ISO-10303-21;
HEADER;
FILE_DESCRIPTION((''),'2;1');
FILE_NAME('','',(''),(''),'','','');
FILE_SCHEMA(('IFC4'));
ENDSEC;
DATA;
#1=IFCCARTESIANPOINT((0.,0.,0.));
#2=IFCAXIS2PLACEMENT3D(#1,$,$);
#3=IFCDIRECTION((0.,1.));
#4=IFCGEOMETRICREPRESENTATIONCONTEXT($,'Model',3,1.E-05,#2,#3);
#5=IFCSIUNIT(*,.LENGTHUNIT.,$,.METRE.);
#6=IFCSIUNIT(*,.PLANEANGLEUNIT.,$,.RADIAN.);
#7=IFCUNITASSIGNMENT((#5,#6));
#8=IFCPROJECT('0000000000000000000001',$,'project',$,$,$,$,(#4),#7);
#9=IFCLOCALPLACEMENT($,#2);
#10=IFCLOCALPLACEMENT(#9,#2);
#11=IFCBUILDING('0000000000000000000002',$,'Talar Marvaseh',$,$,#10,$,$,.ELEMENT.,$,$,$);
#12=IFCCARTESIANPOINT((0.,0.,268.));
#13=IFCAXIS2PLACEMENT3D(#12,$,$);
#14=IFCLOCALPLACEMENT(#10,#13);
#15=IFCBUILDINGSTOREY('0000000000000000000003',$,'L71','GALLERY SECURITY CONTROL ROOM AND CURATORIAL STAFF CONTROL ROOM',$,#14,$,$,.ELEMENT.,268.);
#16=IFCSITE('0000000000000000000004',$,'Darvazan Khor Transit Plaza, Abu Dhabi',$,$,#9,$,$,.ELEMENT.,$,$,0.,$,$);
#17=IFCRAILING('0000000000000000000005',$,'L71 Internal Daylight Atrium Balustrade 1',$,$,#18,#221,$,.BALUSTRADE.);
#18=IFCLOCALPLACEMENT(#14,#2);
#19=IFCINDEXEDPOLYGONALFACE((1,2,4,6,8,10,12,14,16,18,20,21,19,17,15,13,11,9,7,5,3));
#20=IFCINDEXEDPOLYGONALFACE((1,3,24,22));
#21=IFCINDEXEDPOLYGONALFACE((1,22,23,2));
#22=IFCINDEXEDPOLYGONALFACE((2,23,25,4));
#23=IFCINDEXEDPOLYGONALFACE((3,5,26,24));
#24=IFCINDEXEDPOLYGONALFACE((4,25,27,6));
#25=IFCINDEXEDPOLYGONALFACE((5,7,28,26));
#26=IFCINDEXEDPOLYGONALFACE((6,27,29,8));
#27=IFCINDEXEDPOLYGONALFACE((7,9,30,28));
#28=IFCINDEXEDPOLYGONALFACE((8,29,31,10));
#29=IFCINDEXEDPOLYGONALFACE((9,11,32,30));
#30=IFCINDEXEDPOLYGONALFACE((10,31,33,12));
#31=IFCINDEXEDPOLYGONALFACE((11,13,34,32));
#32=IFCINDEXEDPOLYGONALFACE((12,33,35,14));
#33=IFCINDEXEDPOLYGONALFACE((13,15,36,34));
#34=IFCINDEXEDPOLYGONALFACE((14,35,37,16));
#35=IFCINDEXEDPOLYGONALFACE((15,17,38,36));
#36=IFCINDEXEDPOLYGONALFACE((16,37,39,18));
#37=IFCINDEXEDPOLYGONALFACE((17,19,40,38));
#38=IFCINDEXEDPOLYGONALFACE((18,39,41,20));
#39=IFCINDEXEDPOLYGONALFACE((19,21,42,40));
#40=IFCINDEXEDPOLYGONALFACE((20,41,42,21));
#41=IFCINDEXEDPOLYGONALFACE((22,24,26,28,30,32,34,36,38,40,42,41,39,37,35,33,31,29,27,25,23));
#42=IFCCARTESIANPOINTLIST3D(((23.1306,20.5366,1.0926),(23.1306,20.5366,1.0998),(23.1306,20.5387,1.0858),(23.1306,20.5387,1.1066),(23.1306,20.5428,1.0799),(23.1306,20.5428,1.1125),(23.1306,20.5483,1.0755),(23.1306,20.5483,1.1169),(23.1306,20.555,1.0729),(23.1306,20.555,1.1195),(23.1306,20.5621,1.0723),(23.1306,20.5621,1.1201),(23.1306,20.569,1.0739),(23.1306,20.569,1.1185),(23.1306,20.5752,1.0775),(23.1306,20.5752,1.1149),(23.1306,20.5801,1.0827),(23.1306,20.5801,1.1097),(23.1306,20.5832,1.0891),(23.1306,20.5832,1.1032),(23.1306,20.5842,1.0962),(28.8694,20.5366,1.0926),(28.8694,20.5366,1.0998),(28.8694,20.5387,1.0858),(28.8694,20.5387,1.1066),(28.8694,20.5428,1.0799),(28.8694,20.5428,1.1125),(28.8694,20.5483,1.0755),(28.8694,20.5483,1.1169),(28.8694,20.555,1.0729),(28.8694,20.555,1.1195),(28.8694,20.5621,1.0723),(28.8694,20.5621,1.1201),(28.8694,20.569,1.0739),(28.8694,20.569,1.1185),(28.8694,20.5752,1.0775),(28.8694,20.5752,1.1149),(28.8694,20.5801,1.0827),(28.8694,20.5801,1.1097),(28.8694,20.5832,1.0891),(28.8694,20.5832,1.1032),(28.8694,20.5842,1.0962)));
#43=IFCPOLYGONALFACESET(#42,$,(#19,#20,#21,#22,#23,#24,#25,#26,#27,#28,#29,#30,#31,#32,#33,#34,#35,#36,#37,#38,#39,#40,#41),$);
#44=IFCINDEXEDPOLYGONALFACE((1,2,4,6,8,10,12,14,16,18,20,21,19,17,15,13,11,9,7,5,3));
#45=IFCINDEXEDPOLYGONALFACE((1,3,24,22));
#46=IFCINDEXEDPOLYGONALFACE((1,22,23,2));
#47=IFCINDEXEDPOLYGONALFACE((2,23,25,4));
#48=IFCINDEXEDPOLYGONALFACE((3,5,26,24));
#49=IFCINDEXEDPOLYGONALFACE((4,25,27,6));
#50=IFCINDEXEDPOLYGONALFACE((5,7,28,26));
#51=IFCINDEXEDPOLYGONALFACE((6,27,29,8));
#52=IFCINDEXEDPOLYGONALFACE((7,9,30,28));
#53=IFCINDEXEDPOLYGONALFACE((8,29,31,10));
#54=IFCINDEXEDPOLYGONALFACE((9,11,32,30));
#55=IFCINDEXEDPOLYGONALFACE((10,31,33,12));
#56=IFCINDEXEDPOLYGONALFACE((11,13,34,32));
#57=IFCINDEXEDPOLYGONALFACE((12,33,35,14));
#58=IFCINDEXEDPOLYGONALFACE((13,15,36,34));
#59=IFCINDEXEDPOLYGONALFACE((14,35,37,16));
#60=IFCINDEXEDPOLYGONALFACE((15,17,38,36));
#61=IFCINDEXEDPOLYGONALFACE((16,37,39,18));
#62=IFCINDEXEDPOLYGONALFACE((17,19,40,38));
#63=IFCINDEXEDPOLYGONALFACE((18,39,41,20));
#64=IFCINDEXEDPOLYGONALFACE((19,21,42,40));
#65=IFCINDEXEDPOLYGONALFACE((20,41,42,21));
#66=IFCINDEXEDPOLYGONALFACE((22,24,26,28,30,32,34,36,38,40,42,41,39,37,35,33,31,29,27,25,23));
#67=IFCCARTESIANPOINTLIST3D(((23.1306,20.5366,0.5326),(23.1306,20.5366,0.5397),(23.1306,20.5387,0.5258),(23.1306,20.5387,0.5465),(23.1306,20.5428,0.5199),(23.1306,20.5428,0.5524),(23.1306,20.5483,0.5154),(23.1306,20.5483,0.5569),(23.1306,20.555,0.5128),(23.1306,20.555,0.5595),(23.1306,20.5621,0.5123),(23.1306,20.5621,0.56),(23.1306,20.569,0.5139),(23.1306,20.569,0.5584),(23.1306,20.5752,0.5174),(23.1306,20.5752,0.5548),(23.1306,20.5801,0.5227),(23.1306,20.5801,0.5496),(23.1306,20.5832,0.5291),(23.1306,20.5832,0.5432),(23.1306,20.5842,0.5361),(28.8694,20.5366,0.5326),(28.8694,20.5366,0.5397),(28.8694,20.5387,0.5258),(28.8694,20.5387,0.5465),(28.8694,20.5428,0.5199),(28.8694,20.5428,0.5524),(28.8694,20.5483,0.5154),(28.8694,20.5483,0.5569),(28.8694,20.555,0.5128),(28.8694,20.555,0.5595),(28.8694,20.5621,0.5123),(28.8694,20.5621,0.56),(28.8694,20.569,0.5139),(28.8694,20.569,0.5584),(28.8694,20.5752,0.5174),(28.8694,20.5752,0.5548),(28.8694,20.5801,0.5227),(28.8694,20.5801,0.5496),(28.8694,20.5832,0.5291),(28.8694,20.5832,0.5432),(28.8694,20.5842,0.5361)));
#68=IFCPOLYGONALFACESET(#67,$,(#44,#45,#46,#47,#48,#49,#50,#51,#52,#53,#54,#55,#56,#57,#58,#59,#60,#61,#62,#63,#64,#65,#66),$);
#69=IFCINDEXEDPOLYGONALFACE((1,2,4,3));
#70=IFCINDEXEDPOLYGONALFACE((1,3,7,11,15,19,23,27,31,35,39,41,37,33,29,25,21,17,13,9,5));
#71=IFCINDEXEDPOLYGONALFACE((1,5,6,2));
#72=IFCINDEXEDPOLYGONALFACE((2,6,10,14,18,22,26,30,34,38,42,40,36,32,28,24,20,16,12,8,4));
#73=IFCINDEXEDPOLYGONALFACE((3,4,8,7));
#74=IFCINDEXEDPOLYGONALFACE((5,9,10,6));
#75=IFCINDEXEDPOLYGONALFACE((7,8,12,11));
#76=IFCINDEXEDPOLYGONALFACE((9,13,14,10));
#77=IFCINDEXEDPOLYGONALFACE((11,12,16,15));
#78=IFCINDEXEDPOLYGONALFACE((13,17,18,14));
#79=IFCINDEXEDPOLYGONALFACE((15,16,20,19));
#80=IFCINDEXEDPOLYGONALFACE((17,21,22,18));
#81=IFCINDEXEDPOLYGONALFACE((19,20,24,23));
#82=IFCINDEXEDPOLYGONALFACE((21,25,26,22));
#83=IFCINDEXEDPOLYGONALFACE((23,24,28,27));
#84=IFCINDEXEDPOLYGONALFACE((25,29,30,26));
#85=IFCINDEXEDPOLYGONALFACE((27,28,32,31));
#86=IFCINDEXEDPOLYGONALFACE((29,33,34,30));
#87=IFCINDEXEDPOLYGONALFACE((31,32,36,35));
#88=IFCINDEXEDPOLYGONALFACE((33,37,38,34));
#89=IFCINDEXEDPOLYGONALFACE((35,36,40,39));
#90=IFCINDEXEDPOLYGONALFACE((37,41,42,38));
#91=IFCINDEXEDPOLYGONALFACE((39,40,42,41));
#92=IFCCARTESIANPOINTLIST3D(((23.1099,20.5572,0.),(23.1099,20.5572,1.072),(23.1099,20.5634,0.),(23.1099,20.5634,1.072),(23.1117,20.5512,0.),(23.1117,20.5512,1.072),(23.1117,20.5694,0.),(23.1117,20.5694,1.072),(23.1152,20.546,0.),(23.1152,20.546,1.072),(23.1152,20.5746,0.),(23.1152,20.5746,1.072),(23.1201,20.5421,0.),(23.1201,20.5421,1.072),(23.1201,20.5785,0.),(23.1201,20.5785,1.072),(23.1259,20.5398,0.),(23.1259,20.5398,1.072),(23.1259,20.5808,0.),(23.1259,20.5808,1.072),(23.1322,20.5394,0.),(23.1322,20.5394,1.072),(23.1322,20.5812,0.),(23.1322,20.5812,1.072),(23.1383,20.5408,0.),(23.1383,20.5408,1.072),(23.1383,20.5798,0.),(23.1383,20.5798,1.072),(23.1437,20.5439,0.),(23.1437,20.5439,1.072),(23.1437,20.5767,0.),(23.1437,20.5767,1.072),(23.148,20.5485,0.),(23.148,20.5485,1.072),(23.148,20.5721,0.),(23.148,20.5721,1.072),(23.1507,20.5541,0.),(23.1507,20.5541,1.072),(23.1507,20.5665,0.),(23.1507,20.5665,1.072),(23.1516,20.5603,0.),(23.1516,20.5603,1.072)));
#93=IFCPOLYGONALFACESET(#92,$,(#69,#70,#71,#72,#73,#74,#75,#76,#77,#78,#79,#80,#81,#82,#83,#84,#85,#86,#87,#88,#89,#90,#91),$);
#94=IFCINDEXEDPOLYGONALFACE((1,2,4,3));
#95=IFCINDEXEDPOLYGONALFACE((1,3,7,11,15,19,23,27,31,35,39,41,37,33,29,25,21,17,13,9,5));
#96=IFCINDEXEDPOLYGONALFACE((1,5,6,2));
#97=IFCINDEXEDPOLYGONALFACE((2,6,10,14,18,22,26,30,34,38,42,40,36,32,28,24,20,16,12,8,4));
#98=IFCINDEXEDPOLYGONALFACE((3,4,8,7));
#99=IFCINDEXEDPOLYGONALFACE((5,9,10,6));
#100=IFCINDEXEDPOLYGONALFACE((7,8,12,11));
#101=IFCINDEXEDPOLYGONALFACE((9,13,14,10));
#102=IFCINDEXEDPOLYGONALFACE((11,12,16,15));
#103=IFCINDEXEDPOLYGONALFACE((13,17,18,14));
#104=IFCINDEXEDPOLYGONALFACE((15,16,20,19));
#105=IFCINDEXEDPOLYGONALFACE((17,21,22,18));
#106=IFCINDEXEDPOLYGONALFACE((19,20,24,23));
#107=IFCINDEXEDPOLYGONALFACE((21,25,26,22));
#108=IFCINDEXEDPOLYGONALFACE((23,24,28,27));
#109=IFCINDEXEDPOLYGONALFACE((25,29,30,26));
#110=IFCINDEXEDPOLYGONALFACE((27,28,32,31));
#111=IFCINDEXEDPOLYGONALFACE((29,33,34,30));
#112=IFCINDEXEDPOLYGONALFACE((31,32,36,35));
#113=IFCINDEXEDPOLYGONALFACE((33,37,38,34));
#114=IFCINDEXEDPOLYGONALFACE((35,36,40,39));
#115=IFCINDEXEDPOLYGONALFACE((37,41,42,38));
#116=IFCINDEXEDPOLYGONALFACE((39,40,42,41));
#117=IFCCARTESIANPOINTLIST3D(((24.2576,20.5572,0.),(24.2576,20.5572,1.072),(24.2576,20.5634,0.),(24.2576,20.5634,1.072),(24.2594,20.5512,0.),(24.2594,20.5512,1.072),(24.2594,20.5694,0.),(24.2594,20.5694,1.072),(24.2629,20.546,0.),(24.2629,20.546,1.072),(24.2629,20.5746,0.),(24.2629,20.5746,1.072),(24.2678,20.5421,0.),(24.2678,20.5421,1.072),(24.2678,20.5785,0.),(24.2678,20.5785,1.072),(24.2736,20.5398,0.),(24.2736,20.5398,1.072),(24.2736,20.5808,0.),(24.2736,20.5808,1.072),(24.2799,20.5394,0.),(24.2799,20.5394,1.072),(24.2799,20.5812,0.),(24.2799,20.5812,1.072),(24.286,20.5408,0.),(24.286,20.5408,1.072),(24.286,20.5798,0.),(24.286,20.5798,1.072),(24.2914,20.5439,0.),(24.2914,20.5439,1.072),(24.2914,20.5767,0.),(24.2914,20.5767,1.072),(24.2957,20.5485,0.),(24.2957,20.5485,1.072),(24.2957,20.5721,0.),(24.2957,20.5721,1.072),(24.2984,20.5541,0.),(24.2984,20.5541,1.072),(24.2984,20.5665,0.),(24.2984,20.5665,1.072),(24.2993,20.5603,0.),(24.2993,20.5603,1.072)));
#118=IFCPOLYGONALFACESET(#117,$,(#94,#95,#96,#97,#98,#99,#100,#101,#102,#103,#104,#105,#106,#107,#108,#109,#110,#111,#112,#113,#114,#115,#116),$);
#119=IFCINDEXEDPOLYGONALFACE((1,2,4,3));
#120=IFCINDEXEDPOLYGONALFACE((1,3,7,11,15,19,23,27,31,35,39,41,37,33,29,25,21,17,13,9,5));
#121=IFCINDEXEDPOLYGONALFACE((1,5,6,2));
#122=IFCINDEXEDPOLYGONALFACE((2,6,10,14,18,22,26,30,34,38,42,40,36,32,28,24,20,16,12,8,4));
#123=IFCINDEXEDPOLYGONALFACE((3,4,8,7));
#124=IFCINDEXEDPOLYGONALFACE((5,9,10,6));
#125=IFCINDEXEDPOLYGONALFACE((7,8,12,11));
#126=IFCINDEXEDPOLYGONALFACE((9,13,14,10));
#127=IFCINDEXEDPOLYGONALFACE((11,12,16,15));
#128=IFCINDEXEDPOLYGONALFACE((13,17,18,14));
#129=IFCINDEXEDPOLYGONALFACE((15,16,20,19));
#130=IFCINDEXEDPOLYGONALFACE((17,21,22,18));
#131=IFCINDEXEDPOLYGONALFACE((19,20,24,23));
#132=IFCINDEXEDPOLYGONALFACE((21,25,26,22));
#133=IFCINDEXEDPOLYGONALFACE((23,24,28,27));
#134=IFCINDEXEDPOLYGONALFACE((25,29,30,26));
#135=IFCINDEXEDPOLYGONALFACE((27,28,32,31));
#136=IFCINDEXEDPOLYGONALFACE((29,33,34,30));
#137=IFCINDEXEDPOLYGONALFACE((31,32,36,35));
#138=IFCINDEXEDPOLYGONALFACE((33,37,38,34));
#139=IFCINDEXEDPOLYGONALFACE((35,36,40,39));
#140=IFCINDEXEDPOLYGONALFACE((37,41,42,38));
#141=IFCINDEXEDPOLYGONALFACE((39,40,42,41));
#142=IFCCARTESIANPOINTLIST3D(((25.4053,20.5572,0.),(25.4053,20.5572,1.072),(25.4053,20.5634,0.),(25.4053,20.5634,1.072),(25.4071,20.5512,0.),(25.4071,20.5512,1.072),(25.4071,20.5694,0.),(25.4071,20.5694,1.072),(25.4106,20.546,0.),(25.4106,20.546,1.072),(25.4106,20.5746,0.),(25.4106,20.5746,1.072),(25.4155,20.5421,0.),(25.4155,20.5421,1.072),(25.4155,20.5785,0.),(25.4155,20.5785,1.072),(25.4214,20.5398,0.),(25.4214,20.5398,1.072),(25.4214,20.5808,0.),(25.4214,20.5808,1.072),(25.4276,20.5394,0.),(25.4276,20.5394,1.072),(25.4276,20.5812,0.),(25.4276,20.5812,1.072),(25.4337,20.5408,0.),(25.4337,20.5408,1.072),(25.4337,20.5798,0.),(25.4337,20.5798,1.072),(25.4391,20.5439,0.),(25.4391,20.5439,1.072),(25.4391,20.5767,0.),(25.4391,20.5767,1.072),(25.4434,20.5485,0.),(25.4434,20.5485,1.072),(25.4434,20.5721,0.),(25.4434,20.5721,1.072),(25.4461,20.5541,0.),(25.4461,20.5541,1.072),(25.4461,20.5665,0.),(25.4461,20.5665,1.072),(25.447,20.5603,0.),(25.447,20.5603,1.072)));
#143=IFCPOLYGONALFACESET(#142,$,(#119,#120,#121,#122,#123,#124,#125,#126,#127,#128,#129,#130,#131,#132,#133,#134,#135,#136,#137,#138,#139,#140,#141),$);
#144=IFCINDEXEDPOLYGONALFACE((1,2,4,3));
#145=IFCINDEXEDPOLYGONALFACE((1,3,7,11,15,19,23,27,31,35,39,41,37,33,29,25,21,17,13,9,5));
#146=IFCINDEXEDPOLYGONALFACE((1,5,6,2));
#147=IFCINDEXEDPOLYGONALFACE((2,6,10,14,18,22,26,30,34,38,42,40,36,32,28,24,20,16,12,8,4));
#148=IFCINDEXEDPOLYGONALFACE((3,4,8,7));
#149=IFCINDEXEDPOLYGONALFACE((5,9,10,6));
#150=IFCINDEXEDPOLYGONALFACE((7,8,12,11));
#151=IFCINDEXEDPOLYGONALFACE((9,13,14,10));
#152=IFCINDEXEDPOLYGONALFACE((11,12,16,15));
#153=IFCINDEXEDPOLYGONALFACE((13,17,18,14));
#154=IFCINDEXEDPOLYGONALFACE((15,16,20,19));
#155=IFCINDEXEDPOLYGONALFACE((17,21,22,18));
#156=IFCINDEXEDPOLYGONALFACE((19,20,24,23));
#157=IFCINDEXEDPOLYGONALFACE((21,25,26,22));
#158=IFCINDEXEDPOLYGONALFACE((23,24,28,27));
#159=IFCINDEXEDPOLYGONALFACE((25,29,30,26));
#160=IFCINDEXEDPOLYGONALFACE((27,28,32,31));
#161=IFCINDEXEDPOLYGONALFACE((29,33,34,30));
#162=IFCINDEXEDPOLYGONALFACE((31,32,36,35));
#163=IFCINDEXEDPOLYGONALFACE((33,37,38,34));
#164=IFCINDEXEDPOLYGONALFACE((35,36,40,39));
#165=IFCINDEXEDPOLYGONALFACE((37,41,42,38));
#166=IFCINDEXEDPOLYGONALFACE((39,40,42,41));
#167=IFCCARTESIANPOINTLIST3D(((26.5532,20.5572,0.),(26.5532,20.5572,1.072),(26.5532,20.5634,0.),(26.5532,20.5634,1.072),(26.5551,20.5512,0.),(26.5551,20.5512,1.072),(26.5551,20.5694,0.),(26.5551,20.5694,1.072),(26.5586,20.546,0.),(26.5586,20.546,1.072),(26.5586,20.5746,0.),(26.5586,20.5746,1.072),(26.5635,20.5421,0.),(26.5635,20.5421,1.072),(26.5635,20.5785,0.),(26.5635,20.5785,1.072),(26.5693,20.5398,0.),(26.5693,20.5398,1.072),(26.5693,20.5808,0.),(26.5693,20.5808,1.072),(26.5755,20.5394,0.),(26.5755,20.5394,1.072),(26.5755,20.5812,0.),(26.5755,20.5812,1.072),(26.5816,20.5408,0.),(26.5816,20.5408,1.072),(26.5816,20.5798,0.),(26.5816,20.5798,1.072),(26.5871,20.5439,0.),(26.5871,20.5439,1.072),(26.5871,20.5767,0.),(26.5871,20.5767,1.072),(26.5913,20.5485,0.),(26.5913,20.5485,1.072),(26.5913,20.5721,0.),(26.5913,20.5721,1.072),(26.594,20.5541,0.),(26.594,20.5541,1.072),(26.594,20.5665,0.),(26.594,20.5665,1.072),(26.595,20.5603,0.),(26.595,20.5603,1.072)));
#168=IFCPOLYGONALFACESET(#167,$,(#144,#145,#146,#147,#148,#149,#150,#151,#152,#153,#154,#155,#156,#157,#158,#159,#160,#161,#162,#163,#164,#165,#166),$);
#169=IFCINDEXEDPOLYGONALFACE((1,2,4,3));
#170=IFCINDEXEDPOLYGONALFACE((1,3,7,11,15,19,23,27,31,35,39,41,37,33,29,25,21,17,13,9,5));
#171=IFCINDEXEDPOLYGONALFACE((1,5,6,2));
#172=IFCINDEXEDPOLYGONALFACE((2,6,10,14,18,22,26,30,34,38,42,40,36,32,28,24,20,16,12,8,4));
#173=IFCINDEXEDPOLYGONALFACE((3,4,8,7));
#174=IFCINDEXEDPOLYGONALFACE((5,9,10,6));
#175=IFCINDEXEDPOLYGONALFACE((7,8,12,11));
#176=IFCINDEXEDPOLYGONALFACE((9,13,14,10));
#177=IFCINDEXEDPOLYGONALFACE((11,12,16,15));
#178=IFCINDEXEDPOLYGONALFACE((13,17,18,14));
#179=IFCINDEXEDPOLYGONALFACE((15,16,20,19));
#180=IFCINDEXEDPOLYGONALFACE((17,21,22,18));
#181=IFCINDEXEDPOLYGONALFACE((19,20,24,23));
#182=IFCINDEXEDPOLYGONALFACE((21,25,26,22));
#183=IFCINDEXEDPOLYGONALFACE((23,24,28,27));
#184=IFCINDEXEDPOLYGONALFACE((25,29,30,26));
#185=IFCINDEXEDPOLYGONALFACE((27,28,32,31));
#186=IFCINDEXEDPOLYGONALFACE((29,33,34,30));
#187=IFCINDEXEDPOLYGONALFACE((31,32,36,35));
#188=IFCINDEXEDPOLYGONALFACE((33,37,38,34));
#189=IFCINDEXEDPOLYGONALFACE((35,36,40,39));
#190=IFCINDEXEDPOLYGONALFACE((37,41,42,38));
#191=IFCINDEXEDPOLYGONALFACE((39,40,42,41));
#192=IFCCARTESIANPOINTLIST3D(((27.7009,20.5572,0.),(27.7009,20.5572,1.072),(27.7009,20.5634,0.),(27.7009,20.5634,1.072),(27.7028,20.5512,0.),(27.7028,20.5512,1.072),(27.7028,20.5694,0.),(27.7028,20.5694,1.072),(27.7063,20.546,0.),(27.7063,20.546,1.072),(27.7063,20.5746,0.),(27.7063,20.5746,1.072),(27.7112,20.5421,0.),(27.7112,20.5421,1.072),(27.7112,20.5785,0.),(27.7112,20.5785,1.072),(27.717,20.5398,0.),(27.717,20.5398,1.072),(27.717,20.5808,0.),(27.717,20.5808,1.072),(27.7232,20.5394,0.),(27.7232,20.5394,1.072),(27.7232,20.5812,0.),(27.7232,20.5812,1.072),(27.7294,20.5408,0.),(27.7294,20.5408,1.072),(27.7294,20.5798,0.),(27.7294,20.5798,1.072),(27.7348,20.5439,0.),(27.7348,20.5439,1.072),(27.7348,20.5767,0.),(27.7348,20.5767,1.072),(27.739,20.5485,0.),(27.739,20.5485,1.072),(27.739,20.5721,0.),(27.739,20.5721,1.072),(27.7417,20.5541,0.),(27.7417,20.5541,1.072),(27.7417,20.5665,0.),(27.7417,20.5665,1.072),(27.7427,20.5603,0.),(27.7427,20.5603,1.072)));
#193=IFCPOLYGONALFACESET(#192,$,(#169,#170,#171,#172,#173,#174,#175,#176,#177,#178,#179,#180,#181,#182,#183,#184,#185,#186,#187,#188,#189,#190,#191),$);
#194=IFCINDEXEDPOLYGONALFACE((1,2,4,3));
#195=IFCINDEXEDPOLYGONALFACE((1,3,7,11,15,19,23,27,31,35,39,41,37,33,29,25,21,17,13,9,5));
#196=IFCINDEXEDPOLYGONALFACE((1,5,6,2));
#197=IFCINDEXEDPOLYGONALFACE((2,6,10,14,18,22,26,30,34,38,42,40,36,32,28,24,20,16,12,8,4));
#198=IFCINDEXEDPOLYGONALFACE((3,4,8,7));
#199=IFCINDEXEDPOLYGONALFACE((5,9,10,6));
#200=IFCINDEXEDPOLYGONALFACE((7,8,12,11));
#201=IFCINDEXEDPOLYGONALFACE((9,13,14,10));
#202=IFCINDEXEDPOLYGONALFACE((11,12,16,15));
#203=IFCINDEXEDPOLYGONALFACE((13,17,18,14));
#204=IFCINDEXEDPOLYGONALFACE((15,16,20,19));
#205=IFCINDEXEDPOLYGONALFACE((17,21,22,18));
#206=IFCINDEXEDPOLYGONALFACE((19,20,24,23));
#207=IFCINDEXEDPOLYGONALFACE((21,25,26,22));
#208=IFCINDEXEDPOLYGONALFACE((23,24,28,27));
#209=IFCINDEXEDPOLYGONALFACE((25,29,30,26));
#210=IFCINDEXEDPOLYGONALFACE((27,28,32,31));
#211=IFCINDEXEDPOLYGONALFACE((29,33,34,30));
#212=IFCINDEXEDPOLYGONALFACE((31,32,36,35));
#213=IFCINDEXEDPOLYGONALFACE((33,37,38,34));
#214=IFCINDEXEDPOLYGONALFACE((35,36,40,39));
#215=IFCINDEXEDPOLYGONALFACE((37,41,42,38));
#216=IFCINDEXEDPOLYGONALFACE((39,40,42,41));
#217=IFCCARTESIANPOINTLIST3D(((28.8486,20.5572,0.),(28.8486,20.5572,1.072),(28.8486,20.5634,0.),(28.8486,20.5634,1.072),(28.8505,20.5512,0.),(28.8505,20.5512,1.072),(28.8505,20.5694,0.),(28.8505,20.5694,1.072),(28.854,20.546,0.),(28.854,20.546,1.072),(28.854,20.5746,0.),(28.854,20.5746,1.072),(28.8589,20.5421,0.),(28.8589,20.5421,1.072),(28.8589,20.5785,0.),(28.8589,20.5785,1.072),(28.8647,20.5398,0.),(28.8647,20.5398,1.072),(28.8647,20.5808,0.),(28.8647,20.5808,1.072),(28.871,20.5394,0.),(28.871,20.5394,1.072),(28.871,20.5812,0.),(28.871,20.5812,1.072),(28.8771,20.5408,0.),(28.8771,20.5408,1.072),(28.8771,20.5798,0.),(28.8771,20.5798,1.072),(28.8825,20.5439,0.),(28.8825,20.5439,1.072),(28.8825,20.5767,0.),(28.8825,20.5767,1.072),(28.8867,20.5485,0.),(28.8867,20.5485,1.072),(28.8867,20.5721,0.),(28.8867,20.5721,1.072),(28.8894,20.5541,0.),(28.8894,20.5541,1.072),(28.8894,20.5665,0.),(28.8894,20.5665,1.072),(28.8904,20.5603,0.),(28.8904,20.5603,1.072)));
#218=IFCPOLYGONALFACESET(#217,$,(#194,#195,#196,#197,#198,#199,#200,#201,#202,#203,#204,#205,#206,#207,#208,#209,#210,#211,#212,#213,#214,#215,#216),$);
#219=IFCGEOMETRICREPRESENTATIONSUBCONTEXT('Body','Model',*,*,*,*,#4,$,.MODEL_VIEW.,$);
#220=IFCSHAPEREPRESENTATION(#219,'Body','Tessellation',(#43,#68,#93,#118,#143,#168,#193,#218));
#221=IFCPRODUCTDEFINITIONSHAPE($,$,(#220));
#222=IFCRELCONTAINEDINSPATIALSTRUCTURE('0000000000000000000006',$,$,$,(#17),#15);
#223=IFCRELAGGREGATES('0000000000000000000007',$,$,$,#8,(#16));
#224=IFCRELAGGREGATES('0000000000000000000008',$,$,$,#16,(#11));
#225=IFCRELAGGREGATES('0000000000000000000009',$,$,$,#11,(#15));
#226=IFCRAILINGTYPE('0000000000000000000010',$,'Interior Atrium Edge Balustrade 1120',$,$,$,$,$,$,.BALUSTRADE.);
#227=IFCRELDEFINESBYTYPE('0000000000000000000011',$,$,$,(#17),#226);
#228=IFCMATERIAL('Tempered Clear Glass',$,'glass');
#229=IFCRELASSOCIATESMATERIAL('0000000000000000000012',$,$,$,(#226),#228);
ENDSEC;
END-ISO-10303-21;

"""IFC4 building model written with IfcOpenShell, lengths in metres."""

from ifc_helpers import new_model, si_unit, direction, frame, origin, origin_2d, place, context, subcontext, project, spatial, circle, extrude, material, type_object, element, save


model = new_model("IFC4")

# Units and contexts
model_context = context("Model", 3, precision=1e-05, world=origin(), true_north=direction((0.0, 1.0)))
body_context = subcontext(model_context, "Body", "Model", "MODEL_VIEW")
ifc_project = project(units=[si_unit("LENGTHUNIT", "METRE"), si_unit("PLANEANGLEUNIT", "RADIAN")], contexts=[model_context])

# Site, building, storey
site_placement = place(None, origin())
site = spatial("IfcSite", under=ifc_project, at=site_placement, Name="Darvazan Khor Transit Plaza, Abu Dhabi", CompositionType="ELEMENT", RefElevation=0.0)
building_placement = place(site_placement, origin())
building = spatial("IfcBuilding", under=site, at=building_placement, Name="Talar Marvaseh", CompositionType="ELEMENT")
storey_placement = place(building_placement, frame((0.0, 0.0, 268.0)))
storey = spatial("IfcBuildingStorey", under=building, at=storey_placement, Name="L71", Description="GALLERY SECURITY CONTROL ROOM AND CURATORIAL STAFF CONTROL ROOM", CompositionType="ELEMENT", Elevation=268.0)

# Railing
ifc_material_1 = material(Name="Tempered Clear Glass", Category="glass")
railing_type = type_object("IfcRailingType", Name="Interior Atrium Edge Balustrade 1120", PredefinedType="BALUSTRADE", material=ifc_material_1)
railing_1_placement = place(storey_placement, frame((23.1306, 20.5603, 0.0)))
element("IfcRailing", 1, at=railing_1_placement, inside=storey, type_object=railing_type, Name="L71 Internal Daylight Atrium Balustrade 1", PredefinedType="BALUSTRADE", context=body_context, shape_type="SweptSolid", body=[
    extrude(circle(Radius=0.0239, at=origin_2d()), frame((0.0, 0.0, 1.0962), z_axis=(1.0, 0.0, 0.0), x_axis=(0.0, 1.0, 0.0)), (0.0, 0.0, 1.0), 5.7388),
    extrude(circle(Radius=0.0239, at=origin_2d()), frame((0.0, 0.0, 0.5361), z_axis=(1.0, 0.0, 0.0), x_axis=(0.0, 1.0, 0.0)), (0.0, 0.0, 1.0), 5.7388),
    extrude(circle(Radius=0.021, at=origin_2d()), origin(), (0.0, 0.0, 1.0), 1.072),
    extrude(circle(Radius=0.021, at=origin_2d()), frame((1.1477, 0.0, 0.0)), (0.0, 0.0, 1.0), 1.072),
    extrude(circle(Radius=0.021, at=origin_2d()), frame((2.2954, 0.0, 0.0)), (0.0, 0.0, 1.0), 1.072),
    extrude(circle(Radius=0.021, at=origin_2d()), frame((3.4434, 0.0, 0.0)), (0.0, 0.0, 1.0), 1.072),
    extrude(circle(Radius=0.021, at=origin_2d()), frame((4.5911, 0.0, 0.0)), (0.0, 0.0, 1.0), 1.072),
    extrude(circle(Radius=0.021, at=origin_2d()), frame((5.7388, 0.0, 0.0)), (0.0, 0.0, 1.0), 1.072),
])

save(model, "model.ifc")
